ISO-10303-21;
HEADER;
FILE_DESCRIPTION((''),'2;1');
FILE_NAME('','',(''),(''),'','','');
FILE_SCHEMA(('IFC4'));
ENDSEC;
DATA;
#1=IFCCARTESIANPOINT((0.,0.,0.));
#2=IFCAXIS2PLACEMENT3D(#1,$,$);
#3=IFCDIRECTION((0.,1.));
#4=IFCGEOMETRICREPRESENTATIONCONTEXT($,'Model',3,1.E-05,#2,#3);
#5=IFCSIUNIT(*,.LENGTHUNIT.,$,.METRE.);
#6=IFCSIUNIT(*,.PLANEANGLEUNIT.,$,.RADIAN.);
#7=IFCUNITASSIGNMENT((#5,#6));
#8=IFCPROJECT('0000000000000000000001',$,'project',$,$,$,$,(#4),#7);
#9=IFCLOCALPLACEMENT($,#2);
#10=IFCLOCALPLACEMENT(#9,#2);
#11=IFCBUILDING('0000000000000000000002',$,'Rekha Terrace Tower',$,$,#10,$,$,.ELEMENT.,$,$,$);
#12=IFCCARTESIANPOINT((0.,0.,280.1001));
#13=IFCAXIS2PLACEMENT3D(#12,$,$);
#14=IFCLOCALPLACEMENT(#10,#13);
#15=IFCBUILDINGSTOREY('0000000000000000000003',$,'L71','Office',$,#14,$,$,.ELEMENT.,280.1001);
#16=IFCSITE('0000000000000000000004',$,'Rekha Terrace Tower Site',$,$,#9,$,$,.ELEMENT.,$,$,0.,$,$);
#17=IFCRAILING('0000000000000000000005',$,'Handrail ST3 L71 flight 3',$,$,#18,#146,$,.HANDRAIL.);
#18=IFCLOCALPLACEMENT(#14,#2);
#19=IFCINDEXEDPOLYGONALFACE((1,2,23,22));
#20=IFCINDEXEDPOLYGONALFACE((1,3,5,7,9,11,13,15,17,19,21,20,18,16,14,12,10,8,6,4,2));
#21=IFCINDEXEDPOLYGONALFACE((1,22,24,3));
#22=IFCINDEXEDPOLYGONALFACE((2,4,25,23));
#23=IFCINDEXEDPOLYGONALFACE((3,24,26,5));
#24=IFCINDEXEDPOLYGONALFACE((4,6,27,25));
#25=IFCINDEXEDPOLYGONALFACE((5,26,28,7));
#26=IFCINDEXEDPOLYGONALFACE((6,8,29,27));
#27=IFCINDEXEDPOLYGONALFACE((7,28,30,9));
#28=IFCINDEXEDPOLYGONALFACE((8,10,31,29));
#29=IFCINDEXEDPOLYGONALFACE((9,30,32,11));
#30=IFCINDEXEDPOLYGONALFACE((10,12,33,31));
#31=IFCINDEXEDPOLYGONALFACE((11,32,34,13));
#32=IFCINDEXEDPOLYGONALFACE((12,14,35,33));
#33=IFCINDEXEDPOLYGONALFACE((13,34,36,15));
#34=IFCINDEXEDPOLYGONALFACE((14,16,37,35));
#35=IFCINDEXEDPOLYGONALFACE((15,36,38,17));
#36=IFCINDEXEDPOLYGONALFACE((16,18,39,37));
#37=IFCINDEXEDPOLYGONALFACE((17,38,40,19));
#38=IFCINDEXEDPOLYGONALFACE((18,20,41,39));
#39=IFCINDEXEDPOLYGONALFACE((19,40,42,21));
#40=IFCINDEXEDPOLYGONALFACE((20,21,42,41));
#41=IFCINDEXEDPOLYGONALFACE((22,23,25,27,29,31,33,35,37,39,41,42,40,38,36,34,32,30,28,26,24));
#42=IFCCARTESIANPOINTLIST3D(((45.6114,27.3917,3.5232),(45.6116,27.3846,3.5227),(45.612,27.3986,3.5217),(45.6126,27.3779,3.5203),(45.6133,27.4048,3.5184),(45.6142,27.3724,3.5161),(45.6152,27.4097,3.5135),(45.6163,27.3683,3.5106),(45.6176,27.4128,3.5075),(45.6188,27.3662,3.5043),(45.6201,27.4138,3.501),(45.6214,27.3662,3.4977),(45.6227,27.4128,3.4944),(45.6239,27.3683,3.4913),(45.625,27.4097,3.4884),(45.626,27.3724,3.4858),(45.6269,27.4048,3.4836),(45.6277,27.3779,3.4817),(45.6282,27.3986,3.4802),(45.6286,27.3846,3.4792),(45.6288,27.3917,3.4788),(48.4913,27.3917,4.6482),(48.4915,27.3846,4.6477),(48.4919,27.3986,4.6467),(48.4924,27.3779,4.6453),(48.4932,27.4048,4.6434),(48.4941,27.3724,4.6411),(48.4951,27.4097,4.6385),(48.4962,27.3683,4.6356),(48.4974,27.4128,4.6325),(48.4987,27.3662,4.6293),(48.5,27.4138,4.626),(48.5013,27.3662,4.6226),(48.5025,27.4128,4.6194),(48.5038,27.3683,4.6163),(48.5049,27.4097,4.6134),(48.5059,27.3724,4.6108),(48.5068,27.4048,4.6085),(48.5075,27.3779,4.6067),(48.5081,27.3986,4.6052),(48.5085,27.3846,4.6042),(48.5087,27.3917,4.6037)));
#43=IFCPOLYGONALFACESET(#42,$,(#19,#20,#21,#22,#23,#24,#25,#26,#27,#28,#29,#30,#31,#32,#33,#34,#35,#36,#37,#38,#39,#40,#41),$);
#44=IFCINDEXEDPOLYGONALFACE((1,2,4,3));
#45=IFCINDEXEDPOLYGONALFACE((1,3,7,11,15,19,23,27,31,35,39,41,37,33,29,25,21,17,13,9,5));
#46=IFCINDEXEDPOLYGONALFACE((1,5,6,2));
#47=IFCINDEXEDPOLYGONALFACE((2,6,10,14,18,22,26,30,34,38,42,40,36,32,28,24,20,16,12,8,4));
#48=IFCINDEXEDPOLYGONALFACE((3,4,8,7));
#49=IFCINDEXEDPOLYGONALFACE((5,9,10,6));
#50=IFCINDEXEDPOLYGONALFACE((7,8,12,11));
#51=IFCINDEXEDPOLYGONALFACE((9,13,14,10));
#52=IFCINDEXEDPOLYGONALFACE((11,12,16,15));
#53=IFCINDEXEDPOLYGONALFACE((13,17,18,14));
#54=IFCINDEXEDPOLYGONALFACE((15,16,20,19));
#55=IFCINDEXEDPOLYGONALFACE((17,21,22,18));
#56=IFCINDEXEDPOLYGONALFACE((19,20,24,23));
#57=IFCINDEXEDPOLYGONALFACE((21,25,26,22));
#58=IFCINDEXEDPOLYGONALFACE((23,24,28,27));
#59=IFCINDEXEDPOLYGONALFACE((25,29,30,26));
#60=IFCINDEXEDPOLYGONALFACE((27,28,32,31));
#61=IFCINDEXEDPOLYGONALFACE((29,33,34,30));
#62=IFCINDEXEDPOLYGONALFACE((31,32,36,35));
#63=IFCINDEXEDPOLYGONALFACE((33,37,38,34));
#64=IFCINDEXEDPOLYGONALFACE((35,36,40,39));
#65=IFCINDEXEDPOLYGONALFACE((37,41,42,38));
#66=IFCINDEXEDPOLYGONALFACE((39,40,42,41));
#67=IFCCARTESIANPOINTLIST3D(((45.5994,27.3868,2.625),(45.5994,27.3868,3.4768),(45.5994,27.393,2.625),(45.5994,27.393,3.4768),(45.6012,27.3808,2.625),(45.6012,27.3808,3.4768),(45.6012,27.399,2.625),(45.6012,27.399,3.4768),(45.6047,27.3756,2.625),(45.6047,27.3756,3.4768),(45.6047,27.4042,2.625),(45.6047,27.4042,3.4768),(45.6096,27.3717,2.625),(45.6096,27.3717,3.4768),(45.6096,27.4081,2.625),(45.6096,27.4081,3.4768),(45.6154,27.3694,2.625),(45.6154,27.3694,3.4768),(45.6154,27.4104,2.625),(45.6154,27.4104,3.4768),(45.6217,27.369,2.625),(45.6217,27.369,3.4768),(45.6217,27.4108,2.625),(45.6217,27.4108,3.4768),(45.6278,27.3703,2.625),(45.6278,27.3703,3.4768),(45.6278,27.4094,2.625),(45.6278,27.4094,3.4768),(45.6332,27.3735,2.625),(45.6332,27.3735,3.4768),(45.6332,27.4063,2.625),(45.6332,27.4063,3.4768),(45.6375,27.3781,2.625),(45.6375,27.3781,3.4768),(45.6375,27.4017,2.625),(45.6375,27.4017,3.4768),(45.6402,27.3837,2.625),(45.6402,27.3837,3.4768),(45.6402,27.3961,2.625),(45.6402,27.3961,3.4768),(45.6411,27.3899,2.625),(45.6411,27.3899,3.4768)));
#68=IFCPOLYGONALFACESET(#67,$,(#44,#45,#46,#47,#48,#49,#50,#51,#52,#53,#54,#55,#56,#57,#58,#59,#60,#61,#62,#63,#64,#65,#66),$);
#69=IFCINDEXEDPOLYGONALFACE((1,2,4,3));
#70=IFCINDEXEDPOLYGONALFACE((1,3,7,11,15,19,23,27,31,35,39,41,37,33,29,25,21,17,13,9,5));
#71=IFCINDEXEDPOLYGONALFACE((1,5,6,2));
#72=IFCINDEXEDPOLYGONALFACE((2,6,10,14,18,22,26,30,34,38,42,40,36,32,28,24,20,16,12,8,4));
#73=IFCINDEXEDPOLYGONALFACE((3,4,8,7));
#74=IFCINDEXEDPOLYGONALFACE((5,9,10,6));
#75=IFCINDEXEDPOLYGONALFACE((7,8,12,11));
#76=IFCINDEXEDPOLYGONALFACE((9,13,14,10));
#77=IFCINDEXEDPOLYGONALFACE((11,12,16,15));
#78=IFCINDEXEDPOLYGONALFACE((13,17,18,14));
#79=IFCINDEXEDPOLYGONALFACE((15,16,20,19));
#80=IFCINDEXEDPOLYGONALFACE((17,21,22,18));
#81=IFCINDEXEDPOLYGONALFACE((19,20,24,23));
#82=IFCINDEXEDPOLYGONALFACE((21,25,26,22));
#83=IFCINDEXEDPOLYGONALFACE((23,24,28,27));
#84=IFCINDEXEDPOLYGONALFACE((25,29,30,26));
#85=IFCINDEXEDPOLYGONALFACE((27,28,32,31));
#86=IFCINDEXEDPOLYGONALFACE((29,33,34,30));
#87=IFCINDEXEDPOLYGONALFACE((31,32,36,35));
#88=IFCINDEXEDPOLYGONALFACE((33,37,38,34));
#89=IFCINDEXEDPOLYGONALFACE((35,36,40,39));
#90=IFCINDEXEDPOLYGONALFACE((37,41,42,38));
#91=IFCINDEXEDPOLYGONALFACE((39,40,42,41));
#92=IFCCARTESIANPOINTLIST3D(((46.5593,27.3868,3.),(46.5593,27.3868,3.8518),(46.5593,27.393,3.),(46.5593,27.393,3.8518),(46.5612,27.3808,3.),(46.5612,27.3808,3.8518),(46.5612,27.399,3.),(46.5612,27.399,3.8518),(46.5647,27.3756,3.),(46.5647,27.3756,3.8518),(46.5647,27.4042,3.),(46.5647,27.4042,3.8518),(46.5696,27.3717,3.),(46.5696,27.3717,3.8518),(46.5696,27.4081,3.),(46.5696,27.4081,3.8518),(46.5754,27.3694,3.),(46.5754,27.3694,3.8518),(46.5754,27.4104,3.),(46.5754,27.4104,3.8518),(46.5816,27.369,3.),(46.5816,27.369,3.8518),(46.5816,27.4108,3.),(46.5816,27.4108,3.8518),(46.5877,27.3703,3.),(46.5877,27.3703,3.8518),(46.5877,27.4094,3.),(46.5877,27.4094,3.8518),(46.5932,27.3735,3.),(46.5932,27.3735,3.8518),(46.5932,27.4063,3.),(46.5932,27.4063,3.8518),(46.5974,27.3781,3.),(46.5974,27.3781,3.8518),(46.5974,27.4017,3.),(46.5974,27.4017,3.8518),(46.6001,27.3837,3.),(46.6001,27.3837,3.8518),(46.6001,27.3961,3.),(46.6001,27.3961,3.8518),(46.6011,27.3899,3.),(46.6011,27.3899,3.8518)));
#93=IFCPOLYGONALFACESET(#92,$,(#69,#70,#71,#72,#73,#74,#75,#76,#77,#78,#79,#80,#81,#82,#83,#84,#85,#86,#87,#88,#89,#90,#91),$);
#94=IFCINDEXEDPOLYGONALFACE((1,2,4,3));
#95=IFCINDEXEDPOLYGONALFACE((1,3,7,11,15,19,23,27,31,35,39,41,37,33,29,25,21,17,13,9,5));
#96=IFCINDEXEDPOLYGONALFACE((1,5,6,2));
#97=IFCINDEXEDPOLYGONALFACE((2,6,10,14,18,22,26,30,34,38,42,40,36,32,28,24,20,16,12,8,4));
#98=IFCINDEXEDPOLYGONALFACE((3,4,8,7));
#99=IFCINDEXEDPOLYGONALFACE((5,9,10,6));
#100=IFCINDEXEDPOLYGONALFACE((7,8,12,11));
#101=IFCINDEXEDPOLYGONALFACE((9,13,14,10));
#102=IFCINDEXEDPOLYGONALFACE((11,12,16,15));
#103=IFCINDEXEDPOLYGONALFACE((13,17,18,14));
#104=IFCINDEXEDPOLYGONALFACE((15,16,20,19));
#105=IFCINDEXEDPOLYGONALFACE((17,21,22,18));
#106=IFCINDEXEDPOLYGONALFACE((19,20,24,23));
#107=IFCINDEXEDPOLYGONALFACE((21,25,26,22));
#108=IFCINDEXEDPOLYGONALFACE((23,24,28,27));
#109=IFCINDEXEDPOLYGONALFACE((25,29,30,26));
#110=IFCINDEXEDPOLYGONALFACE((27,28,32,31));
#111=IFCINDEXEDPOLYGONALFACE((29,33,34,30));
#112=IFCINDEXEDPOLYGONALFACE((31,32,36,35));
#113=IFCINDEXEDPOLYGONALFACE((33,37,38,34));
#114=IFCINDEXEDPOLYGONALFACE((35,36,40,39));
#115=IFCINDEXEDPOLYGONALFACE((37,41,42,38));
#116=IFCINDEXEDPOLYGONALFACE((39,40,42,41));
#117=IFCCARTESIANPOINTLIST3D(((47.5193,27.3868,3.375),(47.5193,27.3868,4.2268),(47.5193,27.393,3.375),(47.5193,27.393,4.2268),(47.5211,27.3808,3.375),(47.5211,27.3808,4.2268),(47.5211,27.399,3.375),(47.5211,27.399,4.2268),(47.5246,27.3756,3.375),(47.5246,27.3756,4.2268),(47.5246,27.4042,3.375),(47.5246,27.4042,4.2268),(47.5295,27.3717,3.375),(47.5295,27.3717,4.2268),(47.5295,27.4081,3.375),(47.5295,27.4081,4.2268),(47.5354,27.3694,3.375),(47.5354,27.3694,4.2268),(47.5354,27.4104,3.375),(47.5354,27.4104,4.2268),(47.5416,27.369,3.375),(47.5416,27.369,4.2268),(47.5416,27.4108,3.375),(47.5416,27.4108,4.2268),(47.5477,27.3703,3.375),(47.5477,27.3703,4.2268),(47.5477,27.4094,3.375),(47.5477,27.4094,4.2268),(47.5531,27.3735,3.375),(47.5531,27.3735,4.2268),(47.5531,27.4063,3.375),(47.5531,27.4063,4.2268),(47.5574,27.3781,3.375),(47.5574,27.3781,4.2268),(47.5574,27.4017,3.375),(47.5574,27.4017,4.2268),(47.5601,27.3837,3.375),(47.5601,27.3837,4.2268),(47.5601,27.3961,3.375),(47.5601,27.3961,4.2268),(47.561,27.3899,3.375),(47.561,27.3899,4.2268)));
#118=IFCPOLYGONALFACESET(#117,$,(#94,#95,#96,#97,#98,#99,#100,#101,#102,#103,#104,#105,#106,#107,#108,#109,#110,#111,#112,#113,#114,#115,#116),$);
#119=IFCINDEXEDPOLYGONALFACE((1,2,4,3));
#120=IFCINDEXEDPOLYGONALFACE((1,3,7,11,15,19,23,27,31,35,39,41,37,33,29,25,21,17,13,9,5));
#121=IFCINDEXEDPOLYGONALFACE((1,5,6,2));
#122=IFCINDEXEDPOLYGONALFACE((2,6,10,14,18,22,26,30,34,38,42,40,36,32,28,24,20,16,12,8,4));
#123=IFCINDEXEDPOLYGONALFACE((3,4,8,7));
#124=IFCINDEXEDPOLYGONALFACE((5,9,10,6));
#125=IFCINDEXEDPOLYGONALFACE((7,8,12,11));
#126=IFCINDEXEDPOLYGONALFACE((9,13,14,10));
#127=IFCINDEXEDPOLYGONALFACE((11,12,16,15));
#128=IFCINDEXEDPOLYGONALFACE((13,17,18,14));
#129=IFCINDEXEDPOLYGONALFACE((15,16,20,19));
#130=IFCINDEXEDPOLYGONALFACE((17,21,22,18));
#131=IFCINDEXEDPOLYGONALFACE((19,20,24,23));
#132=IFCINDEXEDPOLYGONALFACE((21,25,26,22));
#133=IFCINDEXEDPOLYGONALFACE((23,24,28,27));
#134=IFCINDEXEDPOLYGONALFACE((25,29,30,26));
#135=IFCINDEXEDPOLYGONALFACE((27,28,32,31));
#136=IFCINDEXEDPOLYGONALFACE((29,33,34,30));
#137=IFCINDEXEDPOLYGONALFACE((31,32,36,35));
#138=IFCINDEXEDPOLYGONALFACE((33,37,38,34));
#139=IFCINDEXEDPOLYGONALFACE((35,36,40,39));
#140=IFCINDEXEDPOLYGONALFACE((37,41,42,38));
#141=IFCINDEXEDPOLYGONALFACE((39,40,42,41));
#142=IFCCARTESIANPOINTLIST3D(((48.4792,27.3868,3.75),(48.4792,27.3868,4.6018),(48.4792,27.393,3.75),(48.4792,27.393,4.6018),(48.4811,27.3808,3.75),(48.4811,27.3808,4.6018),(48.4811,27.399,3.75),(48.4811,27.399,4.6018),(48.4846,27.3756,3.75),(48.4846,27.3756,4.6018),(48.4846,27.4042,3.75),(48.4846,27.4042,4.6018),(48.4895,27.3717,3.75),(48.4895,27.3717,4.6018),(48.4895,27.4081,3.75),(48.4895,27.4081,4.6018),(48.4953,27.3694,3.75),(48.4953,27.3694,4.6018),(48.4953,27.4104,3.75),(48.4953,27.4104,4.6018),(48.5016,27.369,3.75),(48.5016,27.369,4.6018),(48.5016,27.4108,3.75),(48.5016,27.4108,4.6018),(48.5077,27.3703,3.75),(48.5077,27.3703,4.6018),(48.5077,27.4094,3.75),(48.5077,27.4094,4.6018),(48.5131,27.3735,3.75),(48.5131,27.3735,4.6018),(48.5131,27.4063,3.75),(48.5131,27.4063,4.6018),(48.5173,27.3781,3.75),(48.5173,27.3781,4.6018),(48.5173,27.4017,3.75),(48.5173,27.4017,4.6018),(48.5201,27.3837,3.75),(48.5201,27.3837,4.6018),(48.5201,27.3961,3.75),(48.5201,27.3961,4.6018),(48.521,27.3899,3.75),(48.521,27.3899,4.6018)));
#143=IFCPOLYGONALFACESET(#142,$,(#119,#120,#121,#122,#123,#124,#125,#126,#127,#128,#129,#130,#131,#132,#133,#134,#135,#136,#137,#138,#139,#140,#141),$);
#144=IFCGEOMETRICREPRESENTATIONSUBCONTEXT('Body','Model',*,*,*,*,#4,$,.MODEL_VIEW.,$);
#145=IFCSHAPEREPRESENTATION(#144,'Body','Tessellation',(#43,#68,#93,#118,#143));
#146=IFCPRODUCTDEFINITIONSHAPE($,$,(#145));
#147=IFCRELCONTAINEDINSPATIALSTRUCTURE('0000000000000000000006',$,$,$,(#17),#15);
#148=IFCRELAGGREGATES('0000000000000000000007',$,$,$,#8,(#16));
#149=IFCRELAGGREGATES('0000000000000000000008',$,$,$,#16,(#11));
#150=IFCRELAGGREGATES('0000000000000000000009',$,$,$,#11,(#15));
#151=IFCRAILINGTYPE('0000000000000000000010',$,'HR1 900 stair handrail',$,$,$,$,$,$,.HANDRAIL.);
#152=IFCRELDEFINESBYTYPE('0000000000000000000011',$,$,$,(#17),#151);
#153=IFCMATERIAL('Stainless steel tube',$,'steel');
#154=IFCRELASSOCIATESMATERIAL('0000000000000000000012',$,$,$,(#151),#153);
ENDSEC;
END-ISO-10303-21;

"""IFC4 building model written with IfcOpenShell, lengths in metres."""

from ifc_helpers import new_model, si_unit, direction, frame, origin, origin_2d, place, context, subcontext, project, spatial, circle, extrude, material, type_object, element, save


model = new_model("IFC4")

# Units and contexts
model_context = context("Model", 3, precision=1e-05, world=origin(), true_north=direction((0.0, 1.0)))
body_context = subcontext(model_context, "Body", "Model", "MODEL_VIEW")
ifc_project = project(units=[si_unit("LENGTHUNIT", "METRE"), si_unit("PLANEANGLEUNIT", "RADIAN")], contexts=[model_context])

# Site, building, storey
site_placement = place(None, origin())
site = spatial("IfcSite", under=ifc_project, at=site_placement, Name="Rekha Terrace Tower Site", CompositionType="ELEMENT", RefElevation=0.0)
building_placement = place(site_placement, origin())
building = spatial("IfcBuilding", under=site, at=building_placement, Name="Rekha Terrace Tower", CompositionType="ELEMENT")
storey_placement = place(building_placement, frame((0.0, 0.0, 280.1001)))
storey = spatial("IfcBuildingStorey", under=building, at=storey_placement, Name="L71", Description="Office", CompositionType="ELEMENT", Elevation=280.1001)

# Railing
ifc_material_1 = material(Name="Stainless steel tube", Category="steel")
railing_type_1 = type_object("IfcRailingType", Name="HR1 900 stair handrail", PredefinedType="HANDRAIL", material=ifc_material_1)
railing_1_placement = place(storey_placement, frame((45.6201, 27.3899, 2.625)))
element("IfcRailing", 1, at=railing_1_placement, inside=storey, type_object=railing_type_1, Name="Handrail ST3 L71 flight 3", PredefinedType="HANDRAIL", context=body_context, shape_type="SweptSolid", body=[
    extrude(circle(Radius=0.0239, at=origin_2d()), frame((0.0, 0.0, 0.876), z_axis=(0.931452, 0.0, 0.363863), x_axis=(0.0, 1.0, 0.0)), (0.0, 0.0, 1.0), 3.0918),
    extrude(circle(Radius=0.021, at=origin_2d()), origin(), (0.0, 0.0, 1.0), 0.8518),
    extrude(circle(Radius=0.021, at=origin_2d()), frame((0.96, 0.0, 0.375)), (0.0, 0.0, 1.0), 0.8518),
    extrude(circle(Radius=0.021, at=origin_2d()), frame((1.9199, 0.0, 0.75)), (0.0, 0.0, 1.0), 0.8518),
    extrude(circle(Radius=0.021, at=origin_2d()), frame((2.8799, 0.0, 1.125)), (0.0, 0.0, 1.0), 0.8518),
])

save(model, "model.ifc")
